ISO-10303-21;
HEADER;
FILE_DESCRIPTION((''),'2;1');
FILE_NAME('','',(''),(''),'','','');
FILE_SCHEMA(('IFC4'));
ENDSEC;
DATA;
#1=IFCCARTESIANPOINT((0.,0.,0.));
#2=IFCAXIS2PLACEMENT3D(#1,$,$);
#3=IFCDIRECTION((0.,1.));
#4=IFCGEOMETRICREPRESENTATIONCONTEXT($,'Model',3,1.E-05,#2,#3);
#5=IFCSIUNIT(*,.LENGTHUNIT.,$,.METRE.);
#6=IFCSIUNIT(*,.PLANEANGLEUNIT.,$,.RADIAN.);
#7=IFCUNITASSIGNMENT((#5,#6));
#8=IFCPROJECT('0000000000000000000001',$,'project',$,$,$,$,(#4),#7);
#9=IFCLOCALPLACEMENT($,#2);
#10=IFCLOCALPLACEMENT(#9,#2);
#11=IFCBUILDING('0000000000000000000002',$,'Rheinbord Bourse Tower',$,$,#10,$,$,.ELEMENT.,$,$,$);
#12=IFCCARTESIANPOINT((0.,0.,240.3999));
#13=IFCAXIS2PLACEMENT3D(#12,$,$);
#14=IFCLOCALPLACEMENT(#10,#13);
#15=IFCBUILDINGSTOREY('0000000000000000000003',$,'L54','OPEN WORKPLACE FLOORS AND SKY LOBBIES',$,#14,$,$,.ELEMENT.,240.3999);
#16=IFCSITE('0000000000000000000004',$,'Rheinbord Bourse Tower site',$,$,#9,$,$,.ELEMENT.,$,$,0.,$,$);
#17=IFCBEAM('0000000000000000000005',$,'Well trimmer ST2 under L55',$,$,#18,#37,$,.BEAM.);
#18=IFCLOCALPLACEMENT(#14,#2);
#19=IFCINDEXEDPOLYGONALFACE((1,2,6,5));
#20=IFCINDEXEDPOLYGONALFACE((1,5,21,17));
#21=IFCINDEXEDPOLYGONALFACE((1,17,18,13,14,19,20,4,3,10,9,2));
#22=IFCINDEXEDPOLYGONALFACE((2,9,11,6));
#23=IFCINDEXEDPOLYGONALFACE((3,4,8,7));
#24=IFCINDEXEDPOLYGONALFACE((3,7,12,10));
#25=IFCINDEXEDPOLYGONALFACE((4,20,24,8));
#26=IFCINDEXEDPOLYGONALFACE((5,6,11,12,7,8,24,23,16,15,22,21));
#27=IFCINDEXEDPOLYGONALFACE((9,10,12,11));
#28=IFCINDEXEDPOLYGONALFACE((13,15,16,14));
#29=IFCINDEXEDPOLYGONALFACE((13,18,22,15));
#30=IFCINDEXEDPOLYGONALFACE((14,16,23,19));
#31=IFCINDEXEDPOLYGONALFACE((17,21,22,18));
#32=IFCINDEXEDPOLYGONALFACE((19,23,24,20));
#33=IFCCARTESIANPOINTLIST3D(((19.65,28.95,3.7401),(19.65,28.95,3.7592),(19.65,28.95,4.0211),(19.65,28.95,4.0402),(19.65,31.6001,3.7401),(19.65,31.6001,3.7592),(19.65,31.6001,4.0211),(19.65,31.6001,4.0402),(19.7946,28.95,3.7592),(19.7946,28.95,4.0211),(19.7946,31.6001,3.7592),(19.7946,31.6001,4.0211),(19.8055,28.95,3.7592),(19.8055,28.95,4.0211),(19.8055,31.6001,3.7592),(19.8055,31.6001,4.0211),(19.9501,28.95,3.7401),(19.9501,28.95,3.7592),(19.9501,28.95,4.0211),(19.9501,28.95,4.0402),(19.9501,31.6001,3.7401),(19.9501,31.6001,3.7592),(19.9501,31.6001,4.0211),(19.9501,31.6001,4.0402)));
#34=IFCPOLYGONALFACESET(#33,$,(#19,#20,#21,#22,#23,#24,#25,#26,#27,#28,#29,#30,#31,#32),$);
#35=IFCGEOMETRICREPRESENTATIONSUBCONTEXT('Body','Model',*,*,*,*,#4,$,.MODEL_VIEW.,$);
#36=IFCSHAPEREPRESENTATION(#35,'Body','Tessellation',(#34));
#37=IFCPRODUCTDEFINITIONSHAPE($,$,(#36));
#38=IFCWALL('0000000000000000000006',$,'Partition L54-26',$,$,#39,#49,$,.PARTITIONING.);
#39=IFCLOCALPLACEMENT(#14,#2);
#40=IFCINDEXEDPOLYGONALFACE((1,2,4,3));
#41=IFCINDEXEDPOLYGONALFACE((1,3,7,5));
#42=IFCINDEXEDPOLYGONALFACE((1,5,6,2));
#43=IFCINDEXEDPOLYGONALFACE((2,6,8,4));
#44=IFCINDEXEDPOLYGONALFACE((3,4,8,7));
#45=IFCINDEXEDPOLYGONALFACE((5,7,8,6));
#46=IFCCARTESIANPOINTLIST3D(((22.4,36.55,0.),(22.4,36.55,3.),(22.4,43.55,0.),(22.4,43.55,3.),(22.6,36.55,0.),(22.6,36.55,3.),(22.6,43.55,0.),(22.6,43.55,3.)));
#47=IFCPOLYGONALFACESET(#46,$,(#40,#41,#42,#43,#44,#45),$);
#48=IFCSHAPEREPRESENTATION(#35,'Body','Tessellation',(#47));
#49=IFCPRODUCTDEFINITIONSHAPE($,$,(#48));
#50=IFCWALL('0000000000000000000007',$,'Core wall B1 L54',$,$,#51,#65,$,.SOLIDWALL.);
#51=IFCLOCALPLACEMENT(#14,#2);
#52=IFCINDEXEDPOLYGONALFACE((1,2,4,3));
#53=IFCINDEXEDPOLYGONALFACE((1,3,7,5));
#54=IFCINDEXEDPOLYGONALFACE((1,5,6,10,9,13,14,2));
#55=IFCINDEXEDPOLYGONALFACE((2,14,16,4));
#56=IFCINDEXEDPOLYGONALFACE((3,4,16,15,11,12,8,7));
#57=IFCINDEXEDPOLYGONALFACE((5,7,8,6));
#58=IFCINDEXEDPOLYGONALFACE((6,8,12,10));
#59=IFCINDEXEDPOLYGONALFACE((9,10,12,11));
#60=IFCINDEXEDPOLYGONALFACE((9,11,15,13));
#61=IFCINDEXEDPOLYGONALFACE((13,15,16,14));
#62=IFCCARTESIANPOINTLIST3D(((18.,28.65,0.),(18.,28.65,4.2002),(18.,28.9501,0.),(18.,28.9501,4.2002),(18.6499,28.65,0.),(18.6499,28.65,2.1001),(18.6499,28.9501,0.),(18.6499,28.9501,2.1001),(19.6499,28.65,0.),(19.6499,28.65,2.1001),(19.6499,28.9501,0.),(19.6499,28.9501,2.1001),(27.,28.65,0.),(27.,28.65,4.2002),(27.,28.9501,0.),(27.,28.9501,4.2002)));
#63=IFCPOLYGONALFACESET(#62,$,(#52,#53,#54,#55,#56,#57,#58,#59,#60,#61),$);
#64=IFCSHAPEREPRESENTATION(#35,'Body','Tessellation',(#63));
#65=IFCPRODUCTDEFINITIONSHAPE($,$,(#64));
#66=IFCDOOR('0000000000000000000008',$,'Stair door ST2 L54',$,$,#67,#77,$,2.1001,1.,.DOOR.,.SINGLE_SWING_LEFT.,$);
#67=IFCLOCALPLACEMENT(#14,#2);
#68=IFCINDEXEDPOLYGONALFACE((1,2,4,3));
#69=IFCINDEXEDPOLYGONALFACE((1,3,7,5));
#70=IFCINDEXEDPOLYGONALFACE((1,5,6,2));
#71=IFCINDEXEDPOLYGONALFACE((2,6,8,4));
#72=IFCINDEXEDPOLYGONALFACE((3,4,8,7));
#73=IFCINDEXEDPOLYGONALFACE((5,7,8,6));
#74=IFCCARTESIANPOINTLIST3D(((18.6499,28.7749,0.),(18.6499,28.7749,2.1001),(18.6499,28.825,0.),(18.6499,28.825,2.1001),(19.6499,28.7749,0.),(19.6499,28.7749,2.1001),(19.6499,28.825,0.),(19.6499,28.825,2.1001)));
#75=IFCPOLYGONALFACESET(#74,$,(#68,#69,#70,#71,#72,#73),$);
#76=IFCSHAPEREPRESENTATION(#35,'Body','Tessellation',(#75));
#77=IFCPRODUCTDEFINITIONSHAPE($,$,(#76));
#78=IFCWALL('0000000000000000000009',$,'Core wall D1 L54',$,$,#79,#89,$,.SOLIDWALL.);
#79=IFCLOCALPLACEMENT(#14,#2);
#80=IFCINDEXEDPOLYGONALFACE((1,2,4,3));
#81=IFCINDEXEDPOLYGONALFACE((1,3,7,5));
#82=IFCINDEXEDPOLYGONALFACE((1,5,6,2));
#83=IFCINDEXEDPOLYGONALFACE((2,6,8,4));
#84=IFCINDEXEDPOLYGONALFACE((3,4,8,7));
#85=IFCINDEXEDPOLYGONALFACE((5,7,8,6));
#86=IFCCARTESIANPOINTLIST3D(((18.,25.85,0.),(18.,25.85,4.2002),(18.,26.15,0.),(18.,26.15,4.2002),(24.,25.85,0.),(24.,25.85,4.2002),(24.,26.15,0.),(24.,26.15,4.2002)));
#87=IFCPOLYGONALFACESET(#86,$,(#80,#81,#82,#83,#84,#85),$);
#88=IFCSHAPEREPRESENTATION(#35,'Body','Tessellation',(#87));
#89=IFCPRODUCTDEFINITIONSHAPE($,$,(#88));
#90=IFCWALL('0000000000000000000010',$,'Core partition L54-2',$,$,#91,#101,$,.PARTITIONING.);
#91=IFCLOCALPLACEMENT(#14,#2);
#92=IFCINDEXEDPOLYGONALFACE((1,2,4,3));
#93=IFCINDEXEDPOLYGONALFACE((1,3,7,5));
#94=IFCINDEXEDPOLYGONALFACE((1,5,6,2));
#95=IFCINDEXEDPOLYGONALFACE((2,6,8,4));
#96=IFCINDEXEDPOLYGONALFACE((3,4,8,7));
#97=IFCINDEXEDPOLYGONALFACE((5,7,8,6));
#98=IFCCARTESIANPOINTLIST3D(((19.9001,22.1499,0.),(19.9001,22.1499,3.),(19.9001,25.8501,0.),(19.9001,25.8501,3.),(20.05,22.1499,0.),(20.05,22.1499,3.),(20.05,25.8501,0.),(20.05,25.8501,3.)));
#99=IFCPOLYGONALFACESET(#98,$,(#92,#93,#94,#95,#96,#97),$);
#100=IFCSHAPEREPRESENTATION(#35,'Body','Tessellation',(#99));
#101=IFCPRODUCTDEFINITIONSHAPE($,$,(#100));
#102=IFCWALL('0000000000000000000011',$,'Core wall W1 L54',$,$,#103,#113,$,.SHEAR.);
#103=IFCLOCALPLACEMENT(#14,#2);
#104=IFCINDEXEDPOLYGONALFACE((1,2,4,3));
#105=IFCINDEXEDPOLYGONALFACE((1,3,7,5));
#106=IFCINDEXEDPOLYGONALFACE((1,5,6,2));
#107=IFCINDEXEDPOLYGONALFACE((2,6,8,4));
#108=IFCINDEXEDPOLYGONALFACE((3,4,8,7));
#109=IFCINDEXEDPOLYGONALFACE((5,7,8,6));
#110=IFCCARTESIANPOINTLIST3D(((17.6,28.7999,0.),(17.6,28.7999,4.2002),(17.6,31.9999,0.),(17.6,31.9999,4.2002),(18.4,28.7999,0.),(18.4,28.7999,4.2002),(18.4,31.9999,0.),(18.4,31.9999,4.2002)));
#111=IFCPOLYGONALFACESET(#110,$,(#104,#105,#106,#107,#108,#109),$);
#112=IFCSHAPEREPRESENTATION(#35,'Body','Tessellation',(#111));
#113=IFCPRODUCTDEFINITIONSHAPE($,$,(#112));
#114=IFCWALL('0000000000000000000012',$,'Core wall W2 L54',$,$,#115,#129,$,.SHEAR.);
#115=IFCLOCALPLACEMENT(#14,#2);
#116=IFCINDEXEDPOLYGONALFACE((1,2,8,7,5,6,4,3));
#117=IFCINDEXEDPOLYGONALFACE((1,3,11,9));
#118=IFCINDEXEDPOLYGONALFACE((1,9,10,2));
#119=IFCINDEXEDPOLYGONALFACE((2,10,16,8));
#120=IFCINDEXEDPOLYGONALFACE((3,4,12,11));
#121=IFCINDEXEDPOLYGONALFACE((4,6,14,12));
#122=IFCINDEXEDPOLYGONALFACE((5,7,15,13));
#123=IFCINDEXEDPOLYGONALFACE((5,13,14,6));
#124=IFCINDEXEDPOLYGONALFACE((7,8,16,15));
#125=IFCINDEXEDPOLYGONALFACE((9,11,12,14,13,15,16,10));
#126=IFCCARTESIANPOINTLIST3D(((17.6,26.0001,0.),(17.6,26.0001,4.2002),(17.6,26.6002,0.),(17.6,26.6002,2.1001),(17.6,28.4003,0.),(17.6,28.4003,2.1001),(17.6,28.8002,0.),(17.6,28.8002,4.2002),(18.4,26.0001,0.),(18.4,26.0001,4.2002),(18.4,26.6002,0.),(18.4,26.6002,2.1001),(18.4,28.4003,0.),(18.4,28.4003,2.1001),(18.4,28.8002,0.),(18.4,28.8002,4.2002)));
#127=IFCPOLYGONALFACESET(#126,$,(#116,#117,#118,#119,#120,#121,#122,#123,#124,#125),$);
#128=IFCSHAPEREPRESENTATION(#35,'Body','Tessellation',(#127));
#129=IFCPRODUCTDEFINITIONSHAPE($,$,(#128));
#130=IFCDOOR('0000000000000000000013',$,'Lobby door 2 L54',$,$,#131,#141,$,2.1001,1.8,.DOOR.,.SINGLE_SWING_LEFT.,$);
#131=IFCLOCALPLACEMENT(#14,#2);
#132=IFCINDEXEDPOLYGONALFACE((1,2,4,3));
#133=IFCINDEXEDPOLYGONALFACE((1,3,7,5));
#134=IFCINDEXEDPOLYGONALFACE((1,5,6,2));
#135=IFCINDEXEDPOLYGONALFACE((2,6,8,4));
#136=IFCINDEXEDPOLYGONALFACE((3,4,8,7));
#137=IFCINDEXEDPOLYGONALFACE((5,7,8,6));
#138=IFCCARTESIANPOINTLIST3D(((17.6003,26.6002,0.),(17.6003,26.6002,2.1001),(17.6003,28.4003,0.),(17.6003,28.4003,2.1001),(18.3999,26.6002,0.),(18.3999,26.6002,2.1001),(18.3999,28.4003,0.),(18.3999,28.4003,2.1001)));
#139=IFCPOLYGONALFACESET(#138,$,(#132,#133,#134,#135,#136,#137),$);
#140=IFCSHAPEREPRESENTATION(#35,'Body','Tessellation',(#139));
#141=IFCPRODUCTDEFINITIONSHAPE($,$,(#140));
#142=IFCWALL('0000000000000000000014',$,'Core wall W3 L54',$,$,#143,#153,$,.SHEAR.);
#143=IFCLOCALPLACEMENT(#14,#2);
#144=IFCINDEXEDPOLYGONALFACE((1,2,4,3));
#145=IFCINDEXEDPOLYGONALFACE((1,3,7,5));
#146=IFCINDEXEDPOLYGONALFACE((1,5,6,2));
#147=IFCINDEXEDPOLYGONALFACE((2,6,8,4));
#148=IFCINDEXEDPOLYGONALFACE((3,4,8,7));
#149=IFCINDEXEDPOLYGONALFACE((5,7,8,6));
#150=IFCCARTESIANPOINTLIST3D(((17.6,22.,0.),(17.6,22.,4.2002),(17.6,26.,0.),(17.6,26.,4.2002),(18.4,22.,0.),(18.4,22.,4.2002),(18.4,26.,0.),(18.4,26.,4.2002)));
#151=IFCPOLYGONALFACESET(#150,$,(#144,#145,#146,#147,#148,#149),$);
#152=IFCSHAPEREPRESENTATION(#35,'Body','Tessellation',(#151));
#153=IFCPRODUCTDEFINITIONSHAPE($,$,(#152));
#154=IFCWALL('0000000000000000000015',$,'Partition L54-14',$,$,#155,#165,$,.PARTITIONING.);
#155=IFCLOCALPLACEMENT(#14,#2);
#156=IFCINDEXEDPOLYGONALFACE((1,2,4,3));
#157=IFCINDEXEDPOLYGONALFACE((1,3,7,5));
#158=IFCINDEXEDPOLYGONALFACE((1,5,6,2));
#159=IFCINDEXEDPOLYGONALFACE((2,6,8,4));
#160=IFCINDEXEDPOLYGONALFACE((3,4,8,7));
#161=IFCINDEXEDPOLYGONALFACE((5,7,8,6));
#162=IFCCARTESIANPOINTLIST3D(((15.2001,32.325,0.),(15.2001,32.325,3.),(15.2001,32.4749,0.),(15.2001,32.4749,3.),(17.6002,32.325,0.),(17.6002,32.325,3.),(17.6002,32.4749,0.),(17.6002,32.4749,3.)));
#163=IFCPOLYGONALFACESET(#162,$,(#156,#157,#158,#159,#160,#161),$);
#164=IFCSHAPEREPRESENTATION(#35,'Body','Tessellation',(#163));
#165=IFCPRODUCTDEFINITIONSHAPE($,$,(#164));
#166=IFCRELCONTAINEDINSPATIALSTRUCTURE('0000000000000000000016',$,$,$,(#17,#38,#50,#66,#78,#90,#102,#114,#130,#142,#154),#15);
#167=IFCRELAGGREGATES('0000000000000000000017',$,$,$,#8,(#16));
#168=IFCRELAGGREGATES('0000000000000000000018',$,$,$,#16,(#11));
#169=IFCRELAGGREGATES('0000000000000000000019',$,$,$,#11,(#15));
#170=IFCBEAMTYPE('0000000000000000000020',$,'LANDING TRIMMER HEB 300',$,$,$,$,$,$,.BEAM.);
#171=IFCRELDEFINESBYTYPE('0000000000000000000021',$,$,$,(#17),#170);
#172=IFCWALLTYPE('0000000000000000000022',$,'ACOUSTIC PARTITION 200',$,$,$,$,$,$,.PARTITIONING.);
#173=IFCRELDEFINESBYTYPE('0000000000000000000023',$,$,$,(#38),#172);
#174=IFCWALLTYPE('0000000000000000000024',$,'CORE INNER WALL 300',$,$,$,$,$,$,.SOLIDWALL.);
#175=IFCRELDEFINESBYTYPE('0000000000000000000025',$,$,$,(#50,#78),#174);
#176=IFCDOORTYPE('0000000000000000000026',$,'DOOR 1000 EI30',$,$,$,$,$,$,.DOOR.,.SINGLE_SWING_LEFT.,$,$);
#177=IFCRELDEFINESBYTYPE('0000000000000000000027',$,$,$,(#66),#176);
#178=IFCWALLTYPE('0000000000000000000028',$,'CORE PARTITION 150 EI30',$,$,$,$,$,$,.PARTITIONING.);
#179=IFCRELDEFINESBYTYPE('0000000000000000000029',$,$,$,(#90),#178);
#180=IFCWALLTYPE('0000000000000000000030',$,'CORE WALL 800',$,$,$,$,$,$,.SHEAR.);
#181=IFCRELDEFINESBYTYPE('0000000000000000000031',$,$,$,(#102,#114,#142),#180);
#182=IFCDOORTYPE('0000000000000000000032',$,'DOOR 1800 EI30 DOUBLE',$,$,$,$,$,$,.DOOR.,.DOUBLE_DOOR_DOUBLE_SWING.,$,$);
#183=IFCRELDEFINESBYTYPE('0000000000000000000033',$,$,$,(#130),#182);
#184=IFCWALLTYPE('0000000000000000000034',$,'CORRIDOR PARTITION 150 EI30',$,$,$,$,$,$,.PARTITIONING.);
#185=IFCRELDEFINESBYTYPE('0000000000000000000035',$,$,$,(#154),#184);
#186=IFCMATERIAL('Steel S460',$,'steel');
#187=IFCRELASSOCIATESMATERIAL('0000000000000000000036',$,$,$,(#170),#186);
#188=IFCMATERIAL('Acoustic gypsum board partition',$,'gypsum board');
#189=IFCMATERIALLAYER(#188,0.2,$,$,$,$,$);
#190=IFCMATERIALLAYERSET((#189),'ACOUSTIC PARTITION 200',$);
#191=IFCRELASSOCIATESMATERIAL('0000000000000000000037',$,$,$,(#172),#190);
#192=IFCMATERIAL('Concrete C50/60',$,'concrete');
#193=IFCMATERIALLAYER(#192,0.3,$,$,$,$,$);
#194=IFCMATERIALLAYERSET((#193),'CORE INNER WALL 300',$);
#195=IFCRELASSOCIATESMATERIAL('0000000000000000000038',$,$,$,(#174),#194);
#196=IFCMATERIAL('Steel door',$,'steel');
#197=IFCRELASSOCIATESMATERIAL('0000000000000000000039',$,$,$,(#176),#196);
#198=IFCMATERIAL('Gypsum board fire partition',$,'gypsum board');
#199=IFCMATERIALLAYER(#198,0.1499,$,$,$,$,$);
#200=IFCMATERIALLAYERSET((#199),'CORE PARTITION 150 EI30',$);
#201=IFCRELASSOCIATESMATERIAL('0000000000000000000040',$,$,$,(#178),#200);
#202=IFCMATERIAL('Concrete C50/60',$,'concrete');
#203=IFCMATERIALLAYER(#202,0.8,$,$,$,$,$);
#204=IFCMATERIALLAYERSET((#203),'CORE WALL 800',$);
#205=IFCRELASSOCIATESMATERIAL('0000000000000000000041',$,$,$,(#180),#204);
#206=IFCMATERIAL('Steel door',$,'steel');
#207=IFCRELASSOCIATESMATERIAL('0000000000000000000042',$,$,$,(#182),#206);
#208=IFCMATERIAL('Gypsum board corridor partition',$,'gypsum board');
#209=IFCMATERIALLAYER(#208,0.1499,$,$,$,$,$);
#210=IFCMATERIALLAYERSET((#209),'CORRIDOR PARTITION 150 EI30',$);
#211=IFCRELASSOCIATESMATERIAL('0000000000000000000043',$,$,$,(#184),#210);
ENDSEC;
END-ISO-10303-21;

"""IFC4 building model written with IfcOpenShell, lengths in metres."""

from ifc_helpers import new_model, si_unit, direction, frame, frame_2d, origin, origin_2d, place, context, subcontext, project, spatial, rectangle, i_section, extrude, material, layer, layer_set, material_profile, profile_set, type_object, element, fill, save


model = new_model("IFC4")

# Units and contexts
model_context = context("Model", 3, precision=1e-05, world=origin(), true_north=direction((0.0, 1.0)))
body_context = subcontext(model_context, "Body", "Model", "MODEL_VIEW")
ifc_project = project(units=[si_unit("LENGTHUNIT", "METRE"), si_unit("PLANEANGLEUNIT", "RADIAN")], contexts=[model_context])

# Site, building, storey
site_placement = place(None, origin())
site = spatial("IfcSite", under=ifc_project, at=site_placement, Name="Rheinbord Bourse Tower site", CompositionType="ELEMENT", RefElevation=0.0)
building_placement = place(site_placement, origin())
building = spatial("IfcBuilding", under=site, at=building_placement, Name="Rheinbord Bourse Tower", CompositionType="ELEMENT")
storey_placement = place(building_placement, frame((0.0, 0.0, 240.3999)))
storey = spatial("IfcBuildingStorey", under=building, at=storey_placement, Name="L54", Description="OPEN WORKPLACE FLOORS AND SKY LOBBIES", CompositionType="ELEMENT", Elevation=240.3999)

# Beam
ifc_material_1 = material(Name="Steel S460", Category="steel")
ifc_material_profile = material_profile(ifc_material_1, i_section(OverallWidth=0.3, OverallDepth=0.3, WebThickness=0.011, FlangeThickness=0.019, at=origin_2d()), Name="HEB 300")
ifc_profile_set = profile_set([ifc_material_profile], Name="Steel S460")
beam_type = type_object("IfcBeamType", Name="LANDING TRIMMER HEB 300", PredefinedType="BEAM", material=ifc_profile_set)
beam_placement = place(storey_placement, frame((19.8, 28.95, 3.8901), z_axis=(0.0, 1.0, 0.0), x_axis=(-1.0, 0.0, 0.0)))
element("IfcBeam", 1, at=beam_placement, inside=storey, type_object=beam_type, Name="Well trimmer ST2 under L55", PredefinedType="BEAM", context=body_context, shape_type="SweptSolid", body=[
    extrude(i_section(OverallWidth=0.3, OverallDepth=0.3, WebThickness=0.011, FlangeThickness=0.019, at=origin_2d()), origin(), (0.0, 0.0, 1.0), 2.6501),
])

# Wall
ifc_material_2 = material(Name="Acoustic gypsum board partition", Category="gypsum board")
ifc_layer_1 = layer(ifc_material_2, 0.2)
ifc_layer_set_1 = layer_set([ifc_layer_1], Name="ACOUSTIC PARTITION 200")
wall_type_1 = type_object("IfcWallType", Name="ACOUSTIC PARTITION 200", PredefinedType="PARTITIONING", material=ifc_layer_set_1)
wall_1_placement = place(storey_placement, frame((22.5, 36.55, 0.0), z_axis=(0.0, 0.0, 1.0), x_axis=(0.0, 1.0, 0.0)))
element("IfcWall", 2, at=wall_1_placement, inside=storey, type_object=wall_type_1, Name="Partition L54-26", PredefinedType="PARTITIONING", context=body_context, shape_type="SweptSolid", body=[
    extrude(rectangle(XDim=7.0, YDim=0.2, at=frame_2d((3.5, 0.0))), origin(), (0.0, 0.0, 1.0), 3.0),
])

# Wall, opening, door
ifc_material_3 = material(Name="Concrete C50/60", Category="concrete")
ifc_layer_2 = layer(ifc_material_3, 0.3)
ifc_layer_set_2 = layer_set([ifc_layer_2], Name="CORE INNER WALL 300")
wall_type_2 = type_object("IfcWallType", Name="CORE INNER WALL 300", PredefinedType="SOLIDWALL", material=ifc_layer_set_2)
wall_2_placement = place(storey_placement, frame((18.0, 28.8, 0.0), z_axis=(0.0, 0.0, 1.0), x_axis=(1.0, 0.0, 0.0)))
wall_2 = element("IfcWall", 3, at=wall_2_placement, inside=storey, type_object=wall_type_2, Name="Core wall B1 L54", PredefinedType="SOLIDWALL", context=body_context, shape_type="SweptSolid", body=[
    extrude(rectangle(XDim=9.0, YDim=0.3, at=frame_2d((4.5, 0.0))), origin(), (0.0, 0.0, 1.0), 4.2002),
])
opening_1_placement = place(wall_2_placement, frame((0.6499, 0.0, 0.0)))
opening_1 = element("IfcOpeningElement", 4, at=opening_1_placement, cuts=wall_2, PredefinedType="OPENING", context=body_context, shape_type="SweptSolid", body=[
    extrude(rectangle(XDim=1.0, YDim=2.1001, at=frame_2d((0.5, 1.05))), frame((0.0, 0.1599, 0.0), z_axis=(0.0, -1.0, 0.0), x_axis=(1.0, 0.0, 0.0)), (0.0, 0.0, 1.0), 0.3201),
])
ifc_material_4 = material(Name="Steel door", Category="steel")
door_type_1 = type_object("IfcDoorType", Name="DOOR 1000 EI30", OperationType="SINGLE_SWING_LEFT", PredefinedType="DOOR", material=ifc_material_4)
door_1_placement = place(opening_1_placement, origin())
door_1 = element("IfcDoor", 5, at=door_1_placement, inside=storey, type_object=door_type_1, Name="Stair door ST2 L54", OperationType="SINGLE_SWING_LEFT", OverallHeight=2.1001, OverallWidth=1.0, PredefinedType="DOOR", context=body_context, shape_type="SweptSolid", body=[
    extrude(rectangle(XDim=1.0, YDim=2.1001, at=frame_2d((0.5, 1.05))), frame((0.0, 0.0249, 0.0), z_axis=(0.0, -1.0, 0.0), x_axis=(1.0, 0.0, 0.0)), (0.0, 0.0, 1.0), 0.05),
])
fill(opening_1, door_1)

# Walls
wall_3_placement = place(storey_placement, frame((18.0, 26.0, 0.0), z_axis=(0.0, 0.0, 1.0), x_axis=(1.0, 0.0, 0.0)))
element("IfcWall", 6, at=wall_3_placement, inside=storey, type_object=wall_type_2, Name="Core wall D1 L54", PredefinedType="SOLIDWALL", context=body_context, shape_type="SweptSolid", body=[
    extrude(rectangle(XDim=6.0, YDim=0.3, at=frame_2d((3.0, 0.0))), origin(), (0.0, 0.0, 1.0), 4.2002),
])
ifc_material_5 = material(Name="Gypsum board fire partition", Category="gypsum board")
ifc_layer_3 = layer(ifc_material_5, 0.1499)
ifc_layer_set_3 = layer_set([ifc_layer_3], Name="CORE PARTITION 150 EI30")
wall_type_3 = type_object("IfcWallType", Name="CORE PARTITION 150 EI30", PredefinedType="PARTITIONING", material=ifc_layer_set_3)
wall_4_placement = place(storey_placement, frame((19.9751, 22.1499, 0.0), z_axis=(0.0, 0.0, 1.0), x_axis=(0.0, 1.0, 0.0)))
element("IfcWall", 7, at=wall_4_placement, inside=storey, type_object=wall_type_3, Name="Core partition L54-2", PredefinedType="PARTITIONING", context=body_context, shape_type="SweptSolid", body=[
    extrude(rectangle(XDim=3.7002, YDim=0.1499, at=frame_2d((1.8501, 0.0))), origin(), (0.0, 0.0, 1.0), 3.0),
])
ifc_material_6 = material(Name="Concrete C50/60", Category="concrete")
ifc_layer_4 = layer(ifc_material_6, 0.8)
ifc_layer_set_4 = layer_set([ifc_layer_4], Name="CORE WALL 800")
wall_type_4 = type_object("IfcWallType", Name="CORE WALL 800", PredefinedType="SHEAR", material=ifc_layer_set_4)
wall_5_placement = place(storey_placement, frame((18.0, 32.0, 0.0), z_axis=(0.0, 0.0, 1.0), x_axis=(0.0, -1.0, 0.0)))
element("IfcWall", 8, at=wall_5_placement, inside=storey, type_object=wall_type_4, Name="Core wall W1 L54", PredefinedType="SHEAR", context=body_context, shape_type="SweptSolid", body=[
    extrude(rectangle(XDim=3.2, YDim=0.8, at=frame_2d((1.6001, 0.0))), origin(), (0.0, 0.0, 1.0), 4.2002),
])

# Wall, opening, door
wall_6_placement = place(storey_placement, frame((18.0, 28.8, 0.0), z_axis=(0.0, 0.0, 1.0), x_axis=(0.0, -1.0, 0.0)))
wall_6 = element("IfcWall", 9, at=wall_6_placement, inside=storey, type_object=wall_type_4, Name="Core wall W2 L54", PredefinedType="SHEAR", context=body_context, shape_type="SweptSolid", body=[
    extrude(rectangle(XDim=2.8, YDim=0.8, at=frame_2d((1.3999, 0.0))), origin(), (0.0, 0.0, 1.0), 4.2002),
])
opening_2_placement = place(wall_6_placement, frame((0.3999, 0.0, 0.0)))
opening_2 = element("IfcOpeningElement", 10, at=opening_2_placement, cuts=wall_6, PredefinedType="OPENING", context=body_context, shape_type="SweptSolid", body=[
    extrude(rectangle(XDim=1.8, YDim=2.1001, at=frame_2d((0.8999, 1.05))), frame((0.0, 0.4099, 0.0), z_axis=(0.0, -1.0, 0.0), x_axis=(1.0, 0.0, 0.0)), (0.0, 0.0, 1.0), 0.8201),
])
ifc_material_7 = material(Name="Steel door", Category="steel")
door_type_2 = type_object("IfcDoorType", Name="DOOR 1800 EI30 DOUBLE", OperationType="DOUBLE_DOOR_DOUBLE_SWING", PredefinedType="DOOR", material=ifc_material_7)
door_2_placement = place(opening_2_placement, origin())
door_2 = element("IfcDoor", 11, at=door_2_placement, inside=storey, type_object=door_type_2, Name="Lobby door 2 L54", OperationType="SINGLE_SWING_LEFT", OverallHeight=2.1001, OverallWidth=1.8, PredefinedType="DOOR", context=body_context, shape_type="SweptSolid", body=[
    extrude(rectangle(XDim=1.8, YDim=2.1001, at=frame_2d((0.8999, 1.05))), frame((0.0, 0.3999, 0.0), z_axis=(0.0, -1.0, 0.0), x_axis=(1.0, 0.0, 0.0)), (0.0, 0.0, 1.0), 0.7996),
])
fill(opening_2, door_2)

# Walls
wall_7_placement = place(storey_placement, frame((18.0, 26.0, 0.0), z_axis=(0.0, 0.0, 1.0), x_axis=(0.0, -1.0, 0.0)))
element("IfcWall", 12, at=wall_7_placement, inside=storey, type_object=wall_type_4, Name="Core wall W3 L54", PredefinedType="SHEAR", context=body_context, shape_type="SweptSolid", body=[
    extrude(rectangle(XDim=4.0, YDim=0.8, at=frame_2d((2.0, 0.0))), origin(), (0.0, 0.0, 1.0), 4.2002),
])
ifc_material_8 = material(Name="Gypsum board corridor partition", Category="gypsum board")
ifc_layer_5 = layer(ifc_material_8, 0.1499)
ifc_layer_set_5 = layer_set([ifc_layer_5], Name="CORRIDOR PARTITION 150 EI30")
wall_type_5 = type_object("IfcWallType", Name="CORRIDOR PARTITION 150 EI30", PredefinedType="PARTITIONING", material=ifc_layer_set_5)
wall_8_placement = place(storey_placement, frame((15.2, 32.3999, 0.0), z_axis=(0.0, 0.0, 1.0), x_axis=(1.0, 0.0, 0.0)))
element("IfcWall", 13, at=wall_8_placement, inside=storey, type_object=wall_type_5, Name="Partition L54-14", PredefinedType="PARTITIONING", context=body_context, shape_type="SweptSolid", body=[
    extrude(rectangle(XDim=2.4001, YDim=0.1499, at=frame_2d((1.2002, 0.0))), origin(), (0.0, 0.0, 1.0), 3.0),
])

save(model, "model.ifc")
